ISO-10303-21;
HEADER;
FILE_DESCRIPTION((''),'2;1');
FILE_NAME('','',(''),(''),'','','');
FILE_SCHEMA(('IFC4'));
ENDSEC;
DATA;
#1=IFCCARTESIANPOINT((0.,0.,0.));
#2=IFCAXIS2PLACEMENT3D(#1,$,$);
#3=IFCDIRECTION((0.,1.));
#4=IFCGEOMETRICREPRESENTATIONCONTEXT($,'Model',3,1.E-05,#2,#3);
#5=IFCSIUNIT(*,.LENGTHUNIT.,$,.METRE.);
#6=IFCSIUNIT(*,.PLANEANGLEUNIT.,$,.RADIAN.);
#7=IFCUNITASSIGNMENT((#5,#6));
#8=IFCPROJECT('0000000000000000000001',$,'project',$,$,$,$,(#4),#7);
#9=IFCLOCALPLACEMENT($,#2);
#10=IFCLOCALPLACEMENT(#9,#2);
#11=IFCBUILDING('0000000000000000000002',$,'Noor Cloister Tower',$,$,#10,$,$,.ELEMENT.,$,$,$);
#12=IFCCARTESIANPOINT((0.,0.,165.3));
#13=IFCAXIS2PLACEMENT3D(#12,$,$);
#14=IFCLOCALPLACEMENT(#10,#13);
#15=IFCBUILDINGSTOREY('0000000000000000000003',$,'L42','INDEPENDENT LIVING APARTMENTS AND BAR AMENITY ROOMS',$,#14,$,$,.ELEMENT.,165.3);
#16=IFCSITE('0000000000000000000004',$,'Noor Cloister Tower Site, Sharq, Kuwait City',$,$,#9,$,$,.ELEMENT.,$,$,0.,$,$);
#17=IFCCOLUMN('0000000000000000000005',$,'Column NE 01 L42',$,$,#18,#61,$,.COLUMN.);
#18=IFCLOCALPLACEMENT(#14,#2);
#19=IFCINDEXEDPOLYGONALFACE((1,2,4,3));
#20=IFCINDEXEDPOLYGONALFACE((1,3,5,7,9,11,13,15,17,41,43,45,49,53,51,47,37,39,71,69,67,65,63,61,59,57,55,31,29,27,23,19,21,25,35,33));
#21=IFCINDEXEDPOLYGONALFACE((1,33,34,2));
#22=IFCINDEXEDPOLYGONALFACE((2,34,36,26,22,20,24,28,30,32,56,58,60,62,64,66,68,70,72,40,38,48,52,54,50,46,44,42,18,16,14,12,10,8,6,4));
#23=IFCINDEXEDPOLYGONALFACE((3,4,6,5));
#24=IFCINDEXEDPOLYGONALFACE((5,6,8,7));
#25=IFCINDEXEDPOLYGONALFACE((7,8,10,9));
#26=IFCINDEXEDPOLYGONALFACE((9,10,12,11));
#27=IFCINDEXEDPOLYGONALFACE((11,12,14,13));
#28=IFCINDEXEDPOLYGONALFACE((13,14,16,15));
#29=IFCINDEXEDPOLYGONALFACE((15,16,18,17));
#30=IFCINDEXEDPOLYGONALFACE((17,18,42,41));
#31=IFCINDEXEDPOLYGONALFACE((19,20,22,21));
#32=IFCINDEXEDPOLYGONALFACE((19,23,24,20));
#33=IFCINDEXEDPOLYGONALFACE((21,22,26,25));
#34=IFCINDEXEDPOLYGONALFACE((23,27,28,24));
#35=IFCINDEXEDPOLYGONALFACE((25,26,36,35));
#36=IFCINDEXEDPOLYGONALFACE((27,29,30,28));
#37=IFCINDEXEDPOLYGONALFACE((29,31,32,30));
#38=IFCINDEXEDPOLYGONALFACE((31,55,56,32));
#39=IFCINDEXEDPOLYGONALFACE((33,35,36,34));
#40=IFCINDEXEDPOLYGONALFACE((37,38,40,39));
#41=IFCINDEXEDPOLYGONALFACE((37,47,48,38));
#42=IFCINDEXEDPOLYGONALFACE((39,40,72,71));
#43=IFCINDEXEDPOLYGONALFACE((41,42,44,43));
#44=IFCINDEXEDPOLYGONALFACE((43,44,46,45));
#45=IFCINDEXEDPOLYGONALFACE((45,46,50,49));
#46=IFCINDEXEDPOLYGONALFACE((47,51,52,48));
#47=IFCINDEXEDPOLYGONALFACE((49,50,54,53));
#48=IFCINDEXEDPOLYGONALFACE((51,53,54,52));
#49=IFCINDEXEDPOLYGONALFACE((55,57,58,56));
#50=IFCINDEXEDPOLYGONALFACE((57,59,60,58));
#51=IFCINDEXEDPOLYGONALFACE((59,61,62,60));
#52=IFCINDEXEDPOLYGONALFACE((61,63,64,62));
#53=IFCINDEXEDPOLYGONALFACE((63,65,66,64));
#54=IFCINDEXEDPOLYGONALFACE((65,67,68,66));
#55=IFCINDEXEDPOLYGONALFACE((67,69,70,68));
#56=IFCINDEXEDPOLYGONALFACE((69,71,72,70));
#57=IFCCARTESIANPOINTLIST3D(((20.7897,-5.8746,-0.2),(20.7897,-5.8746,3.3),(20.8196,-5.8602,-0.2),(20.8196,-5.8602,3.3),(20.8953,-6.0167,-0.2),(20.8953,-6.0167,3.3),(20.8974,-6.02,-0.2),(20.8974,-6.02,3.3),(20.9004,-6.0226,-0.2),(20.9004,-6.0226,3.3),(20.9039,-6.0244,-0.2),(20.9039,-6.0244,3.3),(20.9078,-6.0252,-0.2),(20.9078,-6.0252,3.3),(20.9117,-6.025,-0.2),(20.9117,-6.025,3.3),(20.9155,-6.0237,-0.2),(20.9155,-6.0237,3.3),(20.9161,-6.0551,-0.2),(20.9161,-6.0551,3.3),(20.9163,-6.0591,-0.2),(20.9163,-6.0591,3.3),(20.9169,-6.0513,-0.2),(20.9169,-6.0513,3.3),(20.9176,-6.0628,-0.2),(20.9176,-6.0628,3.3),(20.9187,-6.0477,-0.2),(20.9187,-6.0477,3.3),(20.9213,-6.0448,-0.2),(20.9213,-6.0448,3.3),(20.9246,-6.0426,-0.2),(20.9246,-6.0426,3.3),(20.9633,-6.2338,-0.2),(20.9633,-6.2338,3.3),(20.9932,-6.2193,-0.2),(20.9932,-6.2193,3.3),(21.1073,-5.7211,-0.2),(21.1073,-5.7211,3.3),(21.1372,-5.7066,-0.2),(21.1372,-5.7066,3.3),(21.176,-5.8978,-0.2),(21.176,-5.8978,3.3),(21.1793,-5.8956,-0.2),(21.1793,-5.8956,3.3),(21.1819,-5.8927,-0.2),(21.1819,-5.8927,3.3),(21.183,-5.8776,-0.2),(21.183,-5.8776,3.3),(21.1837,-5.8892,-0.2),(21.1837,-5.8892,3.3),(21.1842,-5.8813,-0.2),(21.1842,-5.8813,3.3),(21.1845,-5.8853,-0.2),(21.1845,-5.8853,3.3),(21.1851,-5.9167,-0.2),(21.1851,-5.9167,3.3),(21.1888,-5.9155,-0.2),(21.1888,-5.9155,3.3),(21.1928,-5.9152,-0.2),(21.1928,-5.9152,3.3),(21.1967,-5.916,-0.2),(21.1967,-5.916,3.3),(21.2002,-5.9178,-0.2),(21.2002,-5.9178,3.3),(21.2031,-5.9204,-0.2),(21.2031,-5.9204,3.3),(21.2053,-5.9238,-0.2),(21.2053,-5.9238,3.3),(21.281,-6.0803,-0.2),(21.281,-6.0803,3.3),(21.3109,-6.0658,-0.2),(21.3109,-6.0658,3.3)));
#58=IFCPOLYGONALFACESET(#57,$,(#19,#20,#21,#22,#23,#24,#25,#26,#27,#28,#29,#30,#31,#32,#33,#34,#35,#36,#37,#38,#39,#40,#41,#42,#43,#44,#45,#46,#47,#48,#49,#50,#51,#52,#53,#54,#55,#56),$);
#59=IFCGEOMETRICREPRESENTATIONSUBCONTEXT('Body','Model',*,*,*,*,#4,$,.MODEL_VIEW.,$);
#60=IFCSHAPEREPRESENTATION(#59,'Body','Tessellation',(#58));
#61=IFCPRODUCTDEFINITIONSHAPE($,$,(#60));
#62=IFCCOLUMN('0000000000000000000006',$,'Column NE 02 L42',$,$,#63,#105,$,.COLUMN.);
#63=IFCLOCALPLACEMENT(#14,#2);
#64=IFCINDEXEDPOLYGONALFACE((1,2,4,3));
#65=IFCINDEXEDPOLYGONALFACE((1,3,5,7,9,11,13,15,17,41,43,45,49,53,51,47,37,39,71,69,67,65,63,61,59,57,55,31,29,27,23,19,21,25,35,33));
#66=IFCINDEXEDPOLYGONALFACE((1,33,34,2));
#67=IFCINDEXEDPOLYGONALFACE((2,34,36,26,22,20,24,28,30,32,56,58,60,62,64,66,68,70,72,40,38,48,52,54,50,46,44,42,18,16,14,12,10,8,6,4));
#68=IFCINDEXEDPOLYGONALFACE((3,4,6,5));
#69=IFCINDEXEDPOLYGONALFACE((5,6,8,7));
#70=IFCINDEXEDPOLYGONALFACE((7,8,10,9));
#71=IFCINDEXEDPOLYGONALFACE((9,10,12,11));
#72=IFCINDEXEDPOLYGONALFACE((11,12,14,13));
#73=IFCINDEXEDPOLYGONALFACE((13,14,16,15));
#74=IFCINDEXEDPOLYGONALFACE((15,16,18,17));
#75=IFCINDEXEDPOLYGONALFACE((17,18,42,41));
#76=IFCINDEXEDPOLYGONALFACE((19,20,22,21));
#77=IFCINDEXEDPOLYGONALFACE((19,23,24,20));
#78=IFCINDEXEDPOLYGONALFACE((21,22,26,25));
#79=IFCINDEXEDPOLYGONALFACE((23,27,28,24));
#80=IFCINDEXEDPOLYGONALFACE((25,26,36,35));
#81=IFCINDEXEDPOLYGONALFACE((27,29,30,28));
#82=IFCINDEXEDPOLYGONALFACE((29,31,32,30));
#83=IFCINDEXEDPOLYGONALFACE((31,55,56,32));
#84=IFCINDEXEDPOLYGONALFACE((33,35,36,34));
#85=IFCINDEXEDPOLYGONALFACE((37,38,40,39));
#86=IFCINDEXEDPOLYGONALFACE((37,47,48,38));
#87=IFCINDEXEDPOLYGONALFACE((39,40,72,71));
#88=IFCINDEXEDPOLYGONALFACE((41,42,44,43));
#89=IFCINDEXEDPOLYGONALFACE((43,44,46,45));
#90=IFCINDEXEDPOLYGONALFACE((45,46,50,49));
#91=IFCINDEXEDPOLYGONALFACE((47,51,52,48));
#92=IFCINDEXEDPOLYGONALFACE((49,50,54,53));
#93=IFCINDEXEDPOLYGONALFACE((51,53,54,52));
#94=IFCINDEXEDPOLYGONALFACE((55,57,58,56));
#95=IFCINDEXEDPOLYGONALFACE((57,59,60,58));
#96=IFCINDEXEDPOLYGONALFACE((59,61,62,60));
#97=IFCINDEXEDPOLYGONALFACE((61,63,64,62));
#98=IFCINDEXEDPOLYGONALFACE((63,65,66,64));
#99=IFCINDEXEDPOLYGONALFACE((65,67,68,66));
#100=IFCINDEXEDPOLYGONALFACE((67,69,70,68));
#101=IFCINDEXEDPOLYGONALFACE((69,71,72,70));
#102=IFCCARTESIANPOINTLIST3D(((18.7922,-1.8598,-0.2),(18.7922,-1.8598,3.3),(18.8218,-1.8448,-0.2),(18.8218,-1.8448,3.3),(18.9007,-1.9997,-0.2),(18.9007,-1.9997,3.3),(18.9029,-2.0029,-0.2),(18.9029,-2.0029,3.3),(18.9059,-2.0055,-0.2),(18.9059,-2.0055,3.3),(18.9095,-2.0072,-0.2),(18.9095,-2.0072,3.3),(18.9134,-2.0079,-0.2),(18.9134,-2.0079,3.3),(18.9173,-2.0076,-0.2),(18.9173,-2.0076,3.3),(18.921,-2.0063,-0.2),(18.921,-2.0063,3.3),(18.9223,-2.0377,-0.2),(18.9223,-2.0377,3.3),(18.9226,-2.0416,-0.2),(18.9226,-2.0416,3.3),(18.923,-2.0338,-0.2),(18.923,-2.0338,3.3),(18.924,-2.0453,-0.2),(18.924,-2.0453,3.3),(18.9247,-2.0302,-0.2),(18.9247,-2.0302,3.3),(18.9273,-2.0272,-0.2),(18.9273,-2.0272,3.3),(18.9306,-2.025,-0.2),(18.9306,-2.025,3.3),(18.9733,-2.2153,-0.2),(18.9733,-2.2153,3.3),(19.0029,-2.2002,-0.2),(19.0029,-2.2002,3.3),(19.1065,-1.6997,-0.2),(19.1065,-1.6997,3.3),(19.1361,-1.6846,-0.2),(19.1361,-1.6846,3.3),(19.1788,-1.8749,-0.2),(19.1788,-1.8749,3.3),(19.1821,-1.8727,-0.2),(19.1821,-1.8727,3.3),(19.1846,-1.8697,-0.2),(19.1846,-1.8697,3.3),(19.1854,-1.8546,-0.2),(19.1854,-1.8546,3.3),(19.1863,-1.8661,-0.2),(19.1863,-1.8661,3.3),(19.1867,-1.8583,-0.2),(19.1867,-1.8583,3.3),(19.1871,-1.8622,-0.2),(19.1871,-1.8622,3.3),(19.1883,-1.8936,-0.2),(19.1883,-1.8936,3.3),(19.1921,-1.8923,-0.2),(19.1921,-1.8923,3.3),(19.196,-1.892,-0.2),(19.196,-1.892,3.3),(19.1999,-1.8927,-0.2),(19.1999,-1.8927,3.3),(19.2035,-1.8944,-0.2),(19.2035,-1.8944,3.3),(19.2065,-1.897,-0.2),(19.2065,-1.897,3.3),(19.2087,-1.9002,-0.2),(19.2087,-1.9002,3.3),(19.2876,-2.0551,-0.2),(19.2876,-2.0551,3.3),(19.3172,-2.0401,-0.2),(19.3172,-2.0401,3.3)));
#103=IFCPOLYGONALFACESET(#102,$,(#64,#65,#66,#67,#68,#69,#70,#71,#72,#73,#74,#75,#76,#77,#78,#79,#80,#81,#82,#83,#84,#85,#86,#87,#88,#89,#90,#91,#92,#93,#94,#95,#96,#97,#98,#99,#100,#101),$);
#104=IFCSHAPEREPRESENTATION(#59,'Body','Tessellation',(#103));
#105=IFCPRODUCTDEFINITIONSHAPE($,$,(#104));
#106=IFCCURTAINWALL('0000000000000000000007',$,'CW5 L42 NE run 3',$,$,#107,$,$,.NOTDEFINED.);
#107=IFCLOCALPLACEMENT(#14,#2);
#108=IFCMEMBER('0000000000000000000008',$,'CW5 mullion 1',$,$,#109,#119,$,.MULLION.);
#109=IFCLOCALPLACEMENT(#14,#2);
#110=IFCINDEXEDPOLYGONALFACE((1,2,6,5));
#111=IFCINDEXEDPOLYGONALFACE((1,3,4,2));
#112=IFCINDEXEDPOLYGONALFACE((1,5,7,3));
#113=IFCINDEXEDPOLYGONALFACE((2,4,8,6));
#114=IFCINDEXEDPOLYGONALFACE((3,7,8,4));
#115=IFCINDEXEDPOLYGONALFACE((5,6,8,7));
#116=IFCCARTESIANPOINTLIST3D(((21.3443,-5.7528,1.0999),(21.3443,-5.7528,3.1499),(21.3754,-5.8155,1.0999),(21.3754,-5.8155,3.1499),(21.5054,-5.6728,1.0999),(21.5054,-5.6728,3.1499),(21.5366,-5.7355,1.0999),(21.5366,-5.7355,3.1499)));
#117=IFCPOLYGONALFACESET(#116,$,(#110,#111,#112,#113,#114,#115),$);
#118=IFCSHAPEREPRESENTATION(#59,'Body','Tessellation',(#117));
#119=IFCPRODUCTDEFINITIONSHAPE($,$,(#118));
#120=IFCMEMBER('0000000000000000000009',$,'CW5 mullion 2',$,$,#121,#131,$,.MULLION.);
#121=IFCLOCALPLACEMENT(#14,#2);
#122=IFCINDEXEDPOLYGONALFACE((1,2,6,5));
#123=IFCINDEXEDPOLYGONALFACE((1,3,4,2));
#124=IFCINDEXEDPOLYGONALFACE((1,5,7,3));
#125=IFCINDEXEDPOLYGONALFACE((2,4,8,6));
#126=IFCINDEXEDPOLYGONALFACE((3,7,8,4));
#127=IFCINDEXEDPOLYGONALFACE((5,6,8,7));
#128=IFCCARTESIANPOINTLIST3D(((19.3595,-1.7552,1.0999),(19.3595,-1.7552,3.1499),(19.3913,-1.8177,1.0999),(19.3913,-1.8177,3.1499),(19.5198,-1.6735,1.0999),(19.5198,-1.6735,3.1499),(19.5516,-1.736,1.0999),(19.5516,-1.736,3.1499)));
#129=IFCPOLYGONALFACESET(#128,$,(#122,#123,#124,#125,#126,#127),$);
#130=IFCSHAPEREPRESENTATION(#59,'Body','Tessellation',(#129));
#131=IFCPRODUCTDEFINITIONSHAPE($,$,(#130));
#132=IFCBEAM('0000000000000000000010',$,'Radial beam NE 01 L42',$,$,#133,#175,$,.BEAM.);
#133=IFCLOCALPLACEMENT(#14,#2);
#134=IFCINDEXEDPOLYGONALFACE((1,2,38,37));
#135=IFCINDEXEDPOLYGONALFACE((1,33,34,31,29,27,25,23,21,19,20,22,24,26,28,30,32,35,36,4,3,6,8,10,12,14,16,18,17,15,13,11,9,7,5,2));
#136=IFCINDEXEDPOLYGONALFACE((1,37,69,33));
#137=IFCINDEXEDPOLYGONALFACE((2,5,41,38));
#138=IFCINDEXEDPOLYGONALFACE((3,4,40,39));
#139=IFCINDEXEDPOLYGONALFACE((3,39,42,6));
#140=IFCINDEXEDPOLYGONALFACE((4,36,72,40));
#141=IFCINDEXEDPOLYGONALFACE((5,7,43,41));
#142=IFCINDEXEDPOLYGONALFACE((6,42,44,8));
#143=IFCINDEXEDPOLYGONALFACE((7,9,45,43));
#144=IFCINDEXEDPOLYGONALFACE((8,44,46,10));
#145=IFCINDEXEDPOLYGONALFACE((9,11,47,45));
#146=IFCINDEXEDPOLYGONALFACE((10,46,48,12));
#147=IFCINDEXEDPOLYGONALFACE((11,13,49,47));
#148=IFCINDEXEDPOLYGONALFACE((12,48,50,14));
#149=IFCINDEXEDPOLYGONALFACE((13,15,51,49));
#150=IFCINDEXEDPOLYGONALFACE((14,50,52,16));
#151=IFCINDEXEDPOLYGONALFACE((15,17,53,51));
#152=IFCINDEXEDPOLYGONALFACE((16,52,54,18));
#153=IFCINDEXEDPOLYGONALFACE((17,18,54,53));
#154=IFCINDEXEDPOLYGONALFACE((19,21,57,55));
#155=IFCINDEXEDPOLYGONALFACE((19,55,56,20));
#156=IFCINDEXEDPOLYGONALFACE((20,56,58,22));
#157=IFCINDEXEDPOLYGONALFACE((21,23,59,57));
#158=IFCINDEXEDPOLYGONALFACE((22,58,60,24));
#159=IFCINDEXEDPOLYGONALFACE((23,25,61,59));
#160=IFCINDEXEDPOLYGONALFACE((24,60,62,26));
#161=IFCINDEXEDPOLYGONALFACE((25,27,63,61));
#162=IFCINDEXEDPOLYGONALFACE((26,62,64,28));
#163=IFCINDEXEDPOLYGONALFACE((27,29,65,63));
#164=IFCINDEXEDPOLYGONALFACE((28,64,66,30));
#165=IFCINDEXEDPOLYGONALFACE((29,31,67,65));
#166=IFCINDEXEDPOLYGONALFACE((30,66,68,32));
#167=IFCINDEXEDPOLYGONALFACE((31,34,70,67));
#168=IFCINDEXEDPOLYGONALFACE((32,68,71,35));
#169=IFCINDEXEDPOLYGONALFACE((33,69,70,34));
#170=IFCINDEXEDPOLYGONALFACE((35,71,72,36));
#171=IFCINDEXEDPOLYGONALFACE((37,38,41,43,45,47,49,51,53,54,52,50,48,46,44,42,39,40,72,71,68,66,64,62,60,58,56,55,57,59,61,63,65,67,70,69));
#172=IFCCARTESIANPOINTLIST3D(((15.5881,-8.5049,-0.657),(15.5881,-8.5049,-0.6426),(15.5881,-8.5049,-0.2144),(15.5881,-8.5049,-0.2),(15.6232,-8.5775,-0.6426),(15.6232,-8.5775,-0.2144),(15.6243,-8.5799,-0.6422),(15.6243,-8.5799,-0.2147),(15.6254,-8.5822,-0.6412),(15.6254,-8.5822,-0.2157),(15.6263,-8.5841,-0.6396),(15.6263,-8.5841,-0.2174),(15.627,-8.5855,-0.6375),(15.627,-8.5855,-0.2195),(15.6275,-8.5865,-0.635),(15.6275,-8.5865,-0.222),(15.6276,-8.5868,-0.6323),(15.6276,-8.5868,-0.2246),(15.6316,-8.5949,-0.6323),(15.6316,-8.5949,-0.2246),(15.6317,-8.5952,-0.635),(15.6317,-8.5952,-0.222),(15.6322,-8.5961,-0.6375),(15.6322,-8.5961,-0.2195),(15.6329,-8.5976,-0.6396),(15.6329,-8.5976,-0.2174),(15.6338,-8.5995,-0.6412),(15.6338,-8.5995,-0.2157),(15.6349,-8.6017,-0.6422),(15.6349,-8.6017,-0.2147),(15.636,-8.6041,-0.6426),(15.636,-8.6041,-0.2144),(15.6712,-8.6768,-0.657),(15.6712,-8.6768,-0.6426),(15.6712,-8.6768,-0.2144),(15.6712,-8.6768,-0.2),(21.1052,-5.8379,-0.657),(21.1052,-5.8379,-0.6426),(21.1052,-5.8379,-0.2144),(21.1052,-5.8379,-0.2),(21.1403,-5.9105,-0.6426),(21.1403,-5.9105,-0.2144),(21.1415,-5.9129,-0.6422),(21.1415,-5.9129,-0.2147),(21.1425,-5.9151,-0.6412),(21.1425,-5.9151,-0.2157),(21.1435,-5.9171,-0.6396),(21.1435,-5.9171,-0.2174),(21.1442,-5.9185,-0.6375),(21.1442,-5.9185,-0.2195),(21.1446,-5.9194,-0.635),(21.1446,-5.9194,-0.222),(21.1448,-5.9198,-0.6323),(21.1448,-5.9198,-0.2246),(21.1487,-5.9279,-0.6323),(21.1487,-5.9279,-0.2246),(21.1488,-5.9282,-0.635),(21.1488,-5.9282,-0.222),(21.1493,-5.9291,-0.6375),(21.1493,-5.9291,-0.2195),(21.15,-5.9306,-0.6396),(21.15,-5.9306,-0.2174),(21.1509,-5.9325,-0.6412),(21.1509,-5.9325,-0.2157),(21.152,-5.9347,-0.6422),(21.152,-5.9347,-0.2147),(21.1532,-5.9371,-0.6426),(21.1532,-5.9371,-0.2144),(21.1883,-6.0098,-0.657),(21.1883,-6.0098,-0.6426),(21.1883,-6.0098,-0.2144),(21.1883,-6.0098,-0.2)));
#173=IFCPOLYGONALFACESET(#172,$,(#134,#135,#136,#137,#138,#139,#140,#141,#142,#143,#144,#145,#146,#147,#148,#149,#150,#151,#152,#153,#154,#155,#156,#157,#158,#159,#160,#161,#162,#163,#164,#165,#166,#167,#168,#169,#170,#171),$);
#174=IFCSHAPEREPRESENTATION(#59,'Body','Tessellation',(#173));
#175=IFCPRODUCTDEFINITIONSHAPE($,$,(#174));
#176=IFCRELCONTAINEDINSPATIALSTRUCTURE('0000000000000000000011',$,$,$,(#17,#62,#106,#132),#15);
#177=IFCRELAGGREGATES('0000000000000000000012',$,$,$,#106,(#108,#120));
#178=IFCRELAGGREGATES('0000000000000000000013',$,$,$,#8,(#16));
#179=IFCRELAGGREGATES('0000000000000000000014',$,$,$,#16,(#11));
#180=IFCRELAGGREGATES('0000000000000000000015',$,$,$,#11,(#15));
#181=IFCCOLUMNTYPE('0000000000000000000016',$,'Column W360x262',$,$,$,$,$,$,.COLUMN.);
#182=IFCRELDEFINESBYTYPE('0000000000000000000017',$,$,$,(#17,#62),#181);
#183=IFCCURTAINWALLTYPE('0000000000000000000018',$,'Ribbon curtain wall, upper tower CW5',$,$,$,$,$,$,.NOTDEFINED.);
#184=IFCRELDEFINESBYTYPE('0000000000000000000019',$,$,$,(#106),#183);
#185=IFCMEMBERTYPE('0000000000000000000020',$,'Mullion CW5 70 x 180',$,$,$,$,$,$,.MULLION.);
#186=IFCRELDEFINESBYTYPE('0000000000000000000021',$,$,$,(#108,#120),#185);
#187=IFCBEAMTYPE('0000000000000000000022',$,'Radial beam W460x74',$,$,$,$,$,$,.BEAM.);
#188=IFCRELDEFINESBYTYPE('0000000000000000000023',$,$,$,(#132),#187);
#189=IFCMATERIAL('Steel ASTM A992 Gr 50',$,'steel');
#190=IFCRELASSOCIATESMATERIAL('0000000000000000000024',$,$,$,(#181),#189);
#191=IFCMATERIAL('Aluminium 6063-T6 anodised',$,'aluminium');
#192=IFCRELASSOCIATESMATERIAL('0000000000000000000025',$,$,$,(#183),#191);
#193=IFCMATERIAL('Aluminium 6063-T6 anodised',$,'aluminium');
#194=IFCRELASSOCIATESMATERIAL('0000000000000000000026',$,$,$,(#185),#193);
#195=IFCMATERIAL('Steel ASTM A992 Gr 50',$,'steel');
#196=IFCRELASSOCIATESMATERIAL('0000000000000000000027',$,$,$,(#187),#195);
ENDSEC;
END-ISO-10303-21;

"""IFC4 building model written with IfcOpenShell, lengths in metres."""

from ifc_helpers import new_model, si_unit, direction, frame, origin, origin_2d, place, context, subcontext, project, spatial, rectangle, i_section, extrude, material, material_profile, profile_set, type_object, element, aggregate, save


model = new_model("IFC4")

# Units and contexts
model_context = context("Model", 3, precision=1e-05, world=origin(), true_north=direction((0.0, 1.0)))
body_context = subcontext(model_context, "Body", "Model", "MODEL_VIEW")
ifc_project = project(units=[si_unit("LENGTHUNIT", "METRE"), si_unit("PLANEANGLEUNIT", "RADIAN")], contexts=[model_context])

# Site, building, storey
site_placement = place(None, origin())
site = spatial("IfcSite", under=ifc_project, at=site_placement, Name="Noor Cloister Tower Site, Sharq, Kuwait City", CompositionType="ELEMENT", RefElevation=0.0)
building_placement = place(site_placement, origin())
building = spatial("IfcBuilding", under=site, at=building_placement, Name="Noor Cloister Tower", CompositionType="ELEMENT")
storey_placement = place(building_placement, frame((0.0, 0.0, 165.3)))
storey = spatial("IfcBuildingStorey", under=building, at=storey_placement, Name="L42", Description="INDEPENDENT LIVING APARTMENTS AND BAR AMENITY ROOMS", CompositionType="ELEMENT", Elevation=165.3)

# Columns
ifc_material_1 = material(Name="Steel ASTM A992 Gr 50", Category="steel")
ifc_material_profile_1 = material_profile(ifc_material_1, i_section(OverallWidth=0.3989, OverallDepth=0.386, WebThickness=0.021, FlangeThickness=0.0332, FilletRadius=0.0151, at=origin_2d()), Name="W360x262")
ifc_profile_set_1 = profile_set([ifc_material_profile_1], Name="Steel ASTM A992 Gr 50")
column_type = type_object("IfcColumnType", Name="Column W360x262", PredefinedType="COLUMN", material=ifc_profile_set_1)
for number, where, z_axis, x_axis, name in (
    (1, (21.0503, -5.9702, -0.2), (0.0, 0.0, 1.0), (-0.435223, 0.900322, 0.0), "Column NE 01 L42"),
    (2, (19.0547, -1.95, -0.2), (0.0, 0.0, 1.0), (-0.453985, 0.891009, 0.0), "Column NE 02 L42"),
):
    element("IfcColumn", number, at=place(storey_placement, frame(where, z_axis=z_axis, x_axis=x_axis)), inside=storey, type_object=column_type, Name=name, PredefinedType="COLUMN", context=body_context, shape_type="SweptSolid", body=[
        extrude(i_section(OverallWidth=0.3989, OverallDepth=0.386, WebThickness=0.021, FlangeThickness=0.0332, FilletRadius=0.0151, at=origin_2d()), origin(), (0.0, 0.0, 1.0), 3.5),
    ])

# Curtain wall, members
ifc_material_2 = material(Name="Aluminium 6063-T6 anodised", Category="aluminium")
curtain_wall_type = type_object("IfcCurtainWallType", Name="Ribbon curtain wall, upper tower CW5", PredefinedType="NOTDEFINED", material=ifc_material_2)
curtain_wall_placement = place(storey_placement, origin())
curtain_wall = element("IfcCurtainWall", 3, at=curtain_wall_placement, inside=storey, type_object=curtain_wall_type, Name="CW5 L42 NE run 3", PredefinedType="NOTDEFINED")
ifc_material_3 = material(Name="Aluminium 6063-T6 anodised", Category="aluminium")
ifc_material_profile_2 = material_profile(ifc_material_3, rectangle(XDim=0.1799, YDim=0.0701, at=origin_2d()), Name="180 x 70 mullion")
ifc_profile_set_2 = profile_set([ifc_material_profile_2], Name="Aluminium 6063-T6 anodised")
member_type = type_object("IfcMemberType", Name="Mullion CW5 70 x 180", PredefinedType="MULLION", material=ifc_profile_set_2)
member_1_placement = place(storey_placement, frame((21.4404, -5.7441, 1.0999), z_axis=(0.0, 0.0, 1.0), x_axis=(-0.895715, -0.444629, 0.0)))
member_1 = element("IfcMember", 4, at=member_1_placement, type_object=member_type, Name="CW5 mullion 1", PredefinedType="MULLION", context=body_context, shape_type="SweptSolid", body=[
    extrude(rectangle(XDim=0.1799, YDim=0.0701, at=origin_2d()), origin(), (0.0, 0.0, 1.0), 2.05),
])
member_2_placement = place(storey_placement, frame((19.4556, -1.7456, 1.0999), z_axis=(0.0, 0.0, 1.0), x_axis=(-0.891009, -0.453985, 0.0)))
member_2 = element("IfcMember", 5, at=member_2_placement, type_object=member_type, Name="CW5 mullion 2", PredefinedType="MULLION", context=body_context, shape_type="SweptSolid", body=[
    extrude(rectangle(XDim=0.1799, YDim=0.0701, at=origin_2d()), origin(), (0.0, 0.0, 1.0), 2.05),
])

# Beam
ifc_material_4 = material(Name="Steel ASTM A992 Gr 50", Category="steel")
ifc_material_profile_3 = material_profile(ifc_material_4, i_section(OverallWidth=0.1909, OverallDepth=0.457, WebThickness=0.009, FlangeThickness=0.0144, FilletRadius=0.0103, at=origin_2d()), Name="W460x74")
ifc_profile_set_3 = profile_set([ifc_material_profile_3], Name="Steel ASTM A992 Gr 50")
beam_type_1 = type_object("IfcBeamType", Name="Radial beam W460x74", PredefinedType="BEAM", material=ifc_profile_set_3)
beam_1_placement = place(storey_placement, frame((21.1467, -5.9238, -0.4285), z_axis=(-0.900323, -0.435221, 0.0), x_axis=(0.435221, -0.900323, 0.0)))
element("IfcBeam", 6, at=beam_1_placement, inside=storey, type_object=beam_type_1, Name="Radial beam NE 01 L42", PredefinedType="BEAM", context=body_context, shape_type="SweptSolid", body=[
    extrude(i_section(OverallWidth=0.1909, OverallDepth=0.457, WebThickness=0.009, FlangeThickness=0.0144, FilletRadius=0.0103, at=origin_2d()), origin(), (0.0, 0.0, 1.0), 6.1279),
])

aggregate(curtain_wall, [member_1, member_2])

save(model, "model.ifc")
